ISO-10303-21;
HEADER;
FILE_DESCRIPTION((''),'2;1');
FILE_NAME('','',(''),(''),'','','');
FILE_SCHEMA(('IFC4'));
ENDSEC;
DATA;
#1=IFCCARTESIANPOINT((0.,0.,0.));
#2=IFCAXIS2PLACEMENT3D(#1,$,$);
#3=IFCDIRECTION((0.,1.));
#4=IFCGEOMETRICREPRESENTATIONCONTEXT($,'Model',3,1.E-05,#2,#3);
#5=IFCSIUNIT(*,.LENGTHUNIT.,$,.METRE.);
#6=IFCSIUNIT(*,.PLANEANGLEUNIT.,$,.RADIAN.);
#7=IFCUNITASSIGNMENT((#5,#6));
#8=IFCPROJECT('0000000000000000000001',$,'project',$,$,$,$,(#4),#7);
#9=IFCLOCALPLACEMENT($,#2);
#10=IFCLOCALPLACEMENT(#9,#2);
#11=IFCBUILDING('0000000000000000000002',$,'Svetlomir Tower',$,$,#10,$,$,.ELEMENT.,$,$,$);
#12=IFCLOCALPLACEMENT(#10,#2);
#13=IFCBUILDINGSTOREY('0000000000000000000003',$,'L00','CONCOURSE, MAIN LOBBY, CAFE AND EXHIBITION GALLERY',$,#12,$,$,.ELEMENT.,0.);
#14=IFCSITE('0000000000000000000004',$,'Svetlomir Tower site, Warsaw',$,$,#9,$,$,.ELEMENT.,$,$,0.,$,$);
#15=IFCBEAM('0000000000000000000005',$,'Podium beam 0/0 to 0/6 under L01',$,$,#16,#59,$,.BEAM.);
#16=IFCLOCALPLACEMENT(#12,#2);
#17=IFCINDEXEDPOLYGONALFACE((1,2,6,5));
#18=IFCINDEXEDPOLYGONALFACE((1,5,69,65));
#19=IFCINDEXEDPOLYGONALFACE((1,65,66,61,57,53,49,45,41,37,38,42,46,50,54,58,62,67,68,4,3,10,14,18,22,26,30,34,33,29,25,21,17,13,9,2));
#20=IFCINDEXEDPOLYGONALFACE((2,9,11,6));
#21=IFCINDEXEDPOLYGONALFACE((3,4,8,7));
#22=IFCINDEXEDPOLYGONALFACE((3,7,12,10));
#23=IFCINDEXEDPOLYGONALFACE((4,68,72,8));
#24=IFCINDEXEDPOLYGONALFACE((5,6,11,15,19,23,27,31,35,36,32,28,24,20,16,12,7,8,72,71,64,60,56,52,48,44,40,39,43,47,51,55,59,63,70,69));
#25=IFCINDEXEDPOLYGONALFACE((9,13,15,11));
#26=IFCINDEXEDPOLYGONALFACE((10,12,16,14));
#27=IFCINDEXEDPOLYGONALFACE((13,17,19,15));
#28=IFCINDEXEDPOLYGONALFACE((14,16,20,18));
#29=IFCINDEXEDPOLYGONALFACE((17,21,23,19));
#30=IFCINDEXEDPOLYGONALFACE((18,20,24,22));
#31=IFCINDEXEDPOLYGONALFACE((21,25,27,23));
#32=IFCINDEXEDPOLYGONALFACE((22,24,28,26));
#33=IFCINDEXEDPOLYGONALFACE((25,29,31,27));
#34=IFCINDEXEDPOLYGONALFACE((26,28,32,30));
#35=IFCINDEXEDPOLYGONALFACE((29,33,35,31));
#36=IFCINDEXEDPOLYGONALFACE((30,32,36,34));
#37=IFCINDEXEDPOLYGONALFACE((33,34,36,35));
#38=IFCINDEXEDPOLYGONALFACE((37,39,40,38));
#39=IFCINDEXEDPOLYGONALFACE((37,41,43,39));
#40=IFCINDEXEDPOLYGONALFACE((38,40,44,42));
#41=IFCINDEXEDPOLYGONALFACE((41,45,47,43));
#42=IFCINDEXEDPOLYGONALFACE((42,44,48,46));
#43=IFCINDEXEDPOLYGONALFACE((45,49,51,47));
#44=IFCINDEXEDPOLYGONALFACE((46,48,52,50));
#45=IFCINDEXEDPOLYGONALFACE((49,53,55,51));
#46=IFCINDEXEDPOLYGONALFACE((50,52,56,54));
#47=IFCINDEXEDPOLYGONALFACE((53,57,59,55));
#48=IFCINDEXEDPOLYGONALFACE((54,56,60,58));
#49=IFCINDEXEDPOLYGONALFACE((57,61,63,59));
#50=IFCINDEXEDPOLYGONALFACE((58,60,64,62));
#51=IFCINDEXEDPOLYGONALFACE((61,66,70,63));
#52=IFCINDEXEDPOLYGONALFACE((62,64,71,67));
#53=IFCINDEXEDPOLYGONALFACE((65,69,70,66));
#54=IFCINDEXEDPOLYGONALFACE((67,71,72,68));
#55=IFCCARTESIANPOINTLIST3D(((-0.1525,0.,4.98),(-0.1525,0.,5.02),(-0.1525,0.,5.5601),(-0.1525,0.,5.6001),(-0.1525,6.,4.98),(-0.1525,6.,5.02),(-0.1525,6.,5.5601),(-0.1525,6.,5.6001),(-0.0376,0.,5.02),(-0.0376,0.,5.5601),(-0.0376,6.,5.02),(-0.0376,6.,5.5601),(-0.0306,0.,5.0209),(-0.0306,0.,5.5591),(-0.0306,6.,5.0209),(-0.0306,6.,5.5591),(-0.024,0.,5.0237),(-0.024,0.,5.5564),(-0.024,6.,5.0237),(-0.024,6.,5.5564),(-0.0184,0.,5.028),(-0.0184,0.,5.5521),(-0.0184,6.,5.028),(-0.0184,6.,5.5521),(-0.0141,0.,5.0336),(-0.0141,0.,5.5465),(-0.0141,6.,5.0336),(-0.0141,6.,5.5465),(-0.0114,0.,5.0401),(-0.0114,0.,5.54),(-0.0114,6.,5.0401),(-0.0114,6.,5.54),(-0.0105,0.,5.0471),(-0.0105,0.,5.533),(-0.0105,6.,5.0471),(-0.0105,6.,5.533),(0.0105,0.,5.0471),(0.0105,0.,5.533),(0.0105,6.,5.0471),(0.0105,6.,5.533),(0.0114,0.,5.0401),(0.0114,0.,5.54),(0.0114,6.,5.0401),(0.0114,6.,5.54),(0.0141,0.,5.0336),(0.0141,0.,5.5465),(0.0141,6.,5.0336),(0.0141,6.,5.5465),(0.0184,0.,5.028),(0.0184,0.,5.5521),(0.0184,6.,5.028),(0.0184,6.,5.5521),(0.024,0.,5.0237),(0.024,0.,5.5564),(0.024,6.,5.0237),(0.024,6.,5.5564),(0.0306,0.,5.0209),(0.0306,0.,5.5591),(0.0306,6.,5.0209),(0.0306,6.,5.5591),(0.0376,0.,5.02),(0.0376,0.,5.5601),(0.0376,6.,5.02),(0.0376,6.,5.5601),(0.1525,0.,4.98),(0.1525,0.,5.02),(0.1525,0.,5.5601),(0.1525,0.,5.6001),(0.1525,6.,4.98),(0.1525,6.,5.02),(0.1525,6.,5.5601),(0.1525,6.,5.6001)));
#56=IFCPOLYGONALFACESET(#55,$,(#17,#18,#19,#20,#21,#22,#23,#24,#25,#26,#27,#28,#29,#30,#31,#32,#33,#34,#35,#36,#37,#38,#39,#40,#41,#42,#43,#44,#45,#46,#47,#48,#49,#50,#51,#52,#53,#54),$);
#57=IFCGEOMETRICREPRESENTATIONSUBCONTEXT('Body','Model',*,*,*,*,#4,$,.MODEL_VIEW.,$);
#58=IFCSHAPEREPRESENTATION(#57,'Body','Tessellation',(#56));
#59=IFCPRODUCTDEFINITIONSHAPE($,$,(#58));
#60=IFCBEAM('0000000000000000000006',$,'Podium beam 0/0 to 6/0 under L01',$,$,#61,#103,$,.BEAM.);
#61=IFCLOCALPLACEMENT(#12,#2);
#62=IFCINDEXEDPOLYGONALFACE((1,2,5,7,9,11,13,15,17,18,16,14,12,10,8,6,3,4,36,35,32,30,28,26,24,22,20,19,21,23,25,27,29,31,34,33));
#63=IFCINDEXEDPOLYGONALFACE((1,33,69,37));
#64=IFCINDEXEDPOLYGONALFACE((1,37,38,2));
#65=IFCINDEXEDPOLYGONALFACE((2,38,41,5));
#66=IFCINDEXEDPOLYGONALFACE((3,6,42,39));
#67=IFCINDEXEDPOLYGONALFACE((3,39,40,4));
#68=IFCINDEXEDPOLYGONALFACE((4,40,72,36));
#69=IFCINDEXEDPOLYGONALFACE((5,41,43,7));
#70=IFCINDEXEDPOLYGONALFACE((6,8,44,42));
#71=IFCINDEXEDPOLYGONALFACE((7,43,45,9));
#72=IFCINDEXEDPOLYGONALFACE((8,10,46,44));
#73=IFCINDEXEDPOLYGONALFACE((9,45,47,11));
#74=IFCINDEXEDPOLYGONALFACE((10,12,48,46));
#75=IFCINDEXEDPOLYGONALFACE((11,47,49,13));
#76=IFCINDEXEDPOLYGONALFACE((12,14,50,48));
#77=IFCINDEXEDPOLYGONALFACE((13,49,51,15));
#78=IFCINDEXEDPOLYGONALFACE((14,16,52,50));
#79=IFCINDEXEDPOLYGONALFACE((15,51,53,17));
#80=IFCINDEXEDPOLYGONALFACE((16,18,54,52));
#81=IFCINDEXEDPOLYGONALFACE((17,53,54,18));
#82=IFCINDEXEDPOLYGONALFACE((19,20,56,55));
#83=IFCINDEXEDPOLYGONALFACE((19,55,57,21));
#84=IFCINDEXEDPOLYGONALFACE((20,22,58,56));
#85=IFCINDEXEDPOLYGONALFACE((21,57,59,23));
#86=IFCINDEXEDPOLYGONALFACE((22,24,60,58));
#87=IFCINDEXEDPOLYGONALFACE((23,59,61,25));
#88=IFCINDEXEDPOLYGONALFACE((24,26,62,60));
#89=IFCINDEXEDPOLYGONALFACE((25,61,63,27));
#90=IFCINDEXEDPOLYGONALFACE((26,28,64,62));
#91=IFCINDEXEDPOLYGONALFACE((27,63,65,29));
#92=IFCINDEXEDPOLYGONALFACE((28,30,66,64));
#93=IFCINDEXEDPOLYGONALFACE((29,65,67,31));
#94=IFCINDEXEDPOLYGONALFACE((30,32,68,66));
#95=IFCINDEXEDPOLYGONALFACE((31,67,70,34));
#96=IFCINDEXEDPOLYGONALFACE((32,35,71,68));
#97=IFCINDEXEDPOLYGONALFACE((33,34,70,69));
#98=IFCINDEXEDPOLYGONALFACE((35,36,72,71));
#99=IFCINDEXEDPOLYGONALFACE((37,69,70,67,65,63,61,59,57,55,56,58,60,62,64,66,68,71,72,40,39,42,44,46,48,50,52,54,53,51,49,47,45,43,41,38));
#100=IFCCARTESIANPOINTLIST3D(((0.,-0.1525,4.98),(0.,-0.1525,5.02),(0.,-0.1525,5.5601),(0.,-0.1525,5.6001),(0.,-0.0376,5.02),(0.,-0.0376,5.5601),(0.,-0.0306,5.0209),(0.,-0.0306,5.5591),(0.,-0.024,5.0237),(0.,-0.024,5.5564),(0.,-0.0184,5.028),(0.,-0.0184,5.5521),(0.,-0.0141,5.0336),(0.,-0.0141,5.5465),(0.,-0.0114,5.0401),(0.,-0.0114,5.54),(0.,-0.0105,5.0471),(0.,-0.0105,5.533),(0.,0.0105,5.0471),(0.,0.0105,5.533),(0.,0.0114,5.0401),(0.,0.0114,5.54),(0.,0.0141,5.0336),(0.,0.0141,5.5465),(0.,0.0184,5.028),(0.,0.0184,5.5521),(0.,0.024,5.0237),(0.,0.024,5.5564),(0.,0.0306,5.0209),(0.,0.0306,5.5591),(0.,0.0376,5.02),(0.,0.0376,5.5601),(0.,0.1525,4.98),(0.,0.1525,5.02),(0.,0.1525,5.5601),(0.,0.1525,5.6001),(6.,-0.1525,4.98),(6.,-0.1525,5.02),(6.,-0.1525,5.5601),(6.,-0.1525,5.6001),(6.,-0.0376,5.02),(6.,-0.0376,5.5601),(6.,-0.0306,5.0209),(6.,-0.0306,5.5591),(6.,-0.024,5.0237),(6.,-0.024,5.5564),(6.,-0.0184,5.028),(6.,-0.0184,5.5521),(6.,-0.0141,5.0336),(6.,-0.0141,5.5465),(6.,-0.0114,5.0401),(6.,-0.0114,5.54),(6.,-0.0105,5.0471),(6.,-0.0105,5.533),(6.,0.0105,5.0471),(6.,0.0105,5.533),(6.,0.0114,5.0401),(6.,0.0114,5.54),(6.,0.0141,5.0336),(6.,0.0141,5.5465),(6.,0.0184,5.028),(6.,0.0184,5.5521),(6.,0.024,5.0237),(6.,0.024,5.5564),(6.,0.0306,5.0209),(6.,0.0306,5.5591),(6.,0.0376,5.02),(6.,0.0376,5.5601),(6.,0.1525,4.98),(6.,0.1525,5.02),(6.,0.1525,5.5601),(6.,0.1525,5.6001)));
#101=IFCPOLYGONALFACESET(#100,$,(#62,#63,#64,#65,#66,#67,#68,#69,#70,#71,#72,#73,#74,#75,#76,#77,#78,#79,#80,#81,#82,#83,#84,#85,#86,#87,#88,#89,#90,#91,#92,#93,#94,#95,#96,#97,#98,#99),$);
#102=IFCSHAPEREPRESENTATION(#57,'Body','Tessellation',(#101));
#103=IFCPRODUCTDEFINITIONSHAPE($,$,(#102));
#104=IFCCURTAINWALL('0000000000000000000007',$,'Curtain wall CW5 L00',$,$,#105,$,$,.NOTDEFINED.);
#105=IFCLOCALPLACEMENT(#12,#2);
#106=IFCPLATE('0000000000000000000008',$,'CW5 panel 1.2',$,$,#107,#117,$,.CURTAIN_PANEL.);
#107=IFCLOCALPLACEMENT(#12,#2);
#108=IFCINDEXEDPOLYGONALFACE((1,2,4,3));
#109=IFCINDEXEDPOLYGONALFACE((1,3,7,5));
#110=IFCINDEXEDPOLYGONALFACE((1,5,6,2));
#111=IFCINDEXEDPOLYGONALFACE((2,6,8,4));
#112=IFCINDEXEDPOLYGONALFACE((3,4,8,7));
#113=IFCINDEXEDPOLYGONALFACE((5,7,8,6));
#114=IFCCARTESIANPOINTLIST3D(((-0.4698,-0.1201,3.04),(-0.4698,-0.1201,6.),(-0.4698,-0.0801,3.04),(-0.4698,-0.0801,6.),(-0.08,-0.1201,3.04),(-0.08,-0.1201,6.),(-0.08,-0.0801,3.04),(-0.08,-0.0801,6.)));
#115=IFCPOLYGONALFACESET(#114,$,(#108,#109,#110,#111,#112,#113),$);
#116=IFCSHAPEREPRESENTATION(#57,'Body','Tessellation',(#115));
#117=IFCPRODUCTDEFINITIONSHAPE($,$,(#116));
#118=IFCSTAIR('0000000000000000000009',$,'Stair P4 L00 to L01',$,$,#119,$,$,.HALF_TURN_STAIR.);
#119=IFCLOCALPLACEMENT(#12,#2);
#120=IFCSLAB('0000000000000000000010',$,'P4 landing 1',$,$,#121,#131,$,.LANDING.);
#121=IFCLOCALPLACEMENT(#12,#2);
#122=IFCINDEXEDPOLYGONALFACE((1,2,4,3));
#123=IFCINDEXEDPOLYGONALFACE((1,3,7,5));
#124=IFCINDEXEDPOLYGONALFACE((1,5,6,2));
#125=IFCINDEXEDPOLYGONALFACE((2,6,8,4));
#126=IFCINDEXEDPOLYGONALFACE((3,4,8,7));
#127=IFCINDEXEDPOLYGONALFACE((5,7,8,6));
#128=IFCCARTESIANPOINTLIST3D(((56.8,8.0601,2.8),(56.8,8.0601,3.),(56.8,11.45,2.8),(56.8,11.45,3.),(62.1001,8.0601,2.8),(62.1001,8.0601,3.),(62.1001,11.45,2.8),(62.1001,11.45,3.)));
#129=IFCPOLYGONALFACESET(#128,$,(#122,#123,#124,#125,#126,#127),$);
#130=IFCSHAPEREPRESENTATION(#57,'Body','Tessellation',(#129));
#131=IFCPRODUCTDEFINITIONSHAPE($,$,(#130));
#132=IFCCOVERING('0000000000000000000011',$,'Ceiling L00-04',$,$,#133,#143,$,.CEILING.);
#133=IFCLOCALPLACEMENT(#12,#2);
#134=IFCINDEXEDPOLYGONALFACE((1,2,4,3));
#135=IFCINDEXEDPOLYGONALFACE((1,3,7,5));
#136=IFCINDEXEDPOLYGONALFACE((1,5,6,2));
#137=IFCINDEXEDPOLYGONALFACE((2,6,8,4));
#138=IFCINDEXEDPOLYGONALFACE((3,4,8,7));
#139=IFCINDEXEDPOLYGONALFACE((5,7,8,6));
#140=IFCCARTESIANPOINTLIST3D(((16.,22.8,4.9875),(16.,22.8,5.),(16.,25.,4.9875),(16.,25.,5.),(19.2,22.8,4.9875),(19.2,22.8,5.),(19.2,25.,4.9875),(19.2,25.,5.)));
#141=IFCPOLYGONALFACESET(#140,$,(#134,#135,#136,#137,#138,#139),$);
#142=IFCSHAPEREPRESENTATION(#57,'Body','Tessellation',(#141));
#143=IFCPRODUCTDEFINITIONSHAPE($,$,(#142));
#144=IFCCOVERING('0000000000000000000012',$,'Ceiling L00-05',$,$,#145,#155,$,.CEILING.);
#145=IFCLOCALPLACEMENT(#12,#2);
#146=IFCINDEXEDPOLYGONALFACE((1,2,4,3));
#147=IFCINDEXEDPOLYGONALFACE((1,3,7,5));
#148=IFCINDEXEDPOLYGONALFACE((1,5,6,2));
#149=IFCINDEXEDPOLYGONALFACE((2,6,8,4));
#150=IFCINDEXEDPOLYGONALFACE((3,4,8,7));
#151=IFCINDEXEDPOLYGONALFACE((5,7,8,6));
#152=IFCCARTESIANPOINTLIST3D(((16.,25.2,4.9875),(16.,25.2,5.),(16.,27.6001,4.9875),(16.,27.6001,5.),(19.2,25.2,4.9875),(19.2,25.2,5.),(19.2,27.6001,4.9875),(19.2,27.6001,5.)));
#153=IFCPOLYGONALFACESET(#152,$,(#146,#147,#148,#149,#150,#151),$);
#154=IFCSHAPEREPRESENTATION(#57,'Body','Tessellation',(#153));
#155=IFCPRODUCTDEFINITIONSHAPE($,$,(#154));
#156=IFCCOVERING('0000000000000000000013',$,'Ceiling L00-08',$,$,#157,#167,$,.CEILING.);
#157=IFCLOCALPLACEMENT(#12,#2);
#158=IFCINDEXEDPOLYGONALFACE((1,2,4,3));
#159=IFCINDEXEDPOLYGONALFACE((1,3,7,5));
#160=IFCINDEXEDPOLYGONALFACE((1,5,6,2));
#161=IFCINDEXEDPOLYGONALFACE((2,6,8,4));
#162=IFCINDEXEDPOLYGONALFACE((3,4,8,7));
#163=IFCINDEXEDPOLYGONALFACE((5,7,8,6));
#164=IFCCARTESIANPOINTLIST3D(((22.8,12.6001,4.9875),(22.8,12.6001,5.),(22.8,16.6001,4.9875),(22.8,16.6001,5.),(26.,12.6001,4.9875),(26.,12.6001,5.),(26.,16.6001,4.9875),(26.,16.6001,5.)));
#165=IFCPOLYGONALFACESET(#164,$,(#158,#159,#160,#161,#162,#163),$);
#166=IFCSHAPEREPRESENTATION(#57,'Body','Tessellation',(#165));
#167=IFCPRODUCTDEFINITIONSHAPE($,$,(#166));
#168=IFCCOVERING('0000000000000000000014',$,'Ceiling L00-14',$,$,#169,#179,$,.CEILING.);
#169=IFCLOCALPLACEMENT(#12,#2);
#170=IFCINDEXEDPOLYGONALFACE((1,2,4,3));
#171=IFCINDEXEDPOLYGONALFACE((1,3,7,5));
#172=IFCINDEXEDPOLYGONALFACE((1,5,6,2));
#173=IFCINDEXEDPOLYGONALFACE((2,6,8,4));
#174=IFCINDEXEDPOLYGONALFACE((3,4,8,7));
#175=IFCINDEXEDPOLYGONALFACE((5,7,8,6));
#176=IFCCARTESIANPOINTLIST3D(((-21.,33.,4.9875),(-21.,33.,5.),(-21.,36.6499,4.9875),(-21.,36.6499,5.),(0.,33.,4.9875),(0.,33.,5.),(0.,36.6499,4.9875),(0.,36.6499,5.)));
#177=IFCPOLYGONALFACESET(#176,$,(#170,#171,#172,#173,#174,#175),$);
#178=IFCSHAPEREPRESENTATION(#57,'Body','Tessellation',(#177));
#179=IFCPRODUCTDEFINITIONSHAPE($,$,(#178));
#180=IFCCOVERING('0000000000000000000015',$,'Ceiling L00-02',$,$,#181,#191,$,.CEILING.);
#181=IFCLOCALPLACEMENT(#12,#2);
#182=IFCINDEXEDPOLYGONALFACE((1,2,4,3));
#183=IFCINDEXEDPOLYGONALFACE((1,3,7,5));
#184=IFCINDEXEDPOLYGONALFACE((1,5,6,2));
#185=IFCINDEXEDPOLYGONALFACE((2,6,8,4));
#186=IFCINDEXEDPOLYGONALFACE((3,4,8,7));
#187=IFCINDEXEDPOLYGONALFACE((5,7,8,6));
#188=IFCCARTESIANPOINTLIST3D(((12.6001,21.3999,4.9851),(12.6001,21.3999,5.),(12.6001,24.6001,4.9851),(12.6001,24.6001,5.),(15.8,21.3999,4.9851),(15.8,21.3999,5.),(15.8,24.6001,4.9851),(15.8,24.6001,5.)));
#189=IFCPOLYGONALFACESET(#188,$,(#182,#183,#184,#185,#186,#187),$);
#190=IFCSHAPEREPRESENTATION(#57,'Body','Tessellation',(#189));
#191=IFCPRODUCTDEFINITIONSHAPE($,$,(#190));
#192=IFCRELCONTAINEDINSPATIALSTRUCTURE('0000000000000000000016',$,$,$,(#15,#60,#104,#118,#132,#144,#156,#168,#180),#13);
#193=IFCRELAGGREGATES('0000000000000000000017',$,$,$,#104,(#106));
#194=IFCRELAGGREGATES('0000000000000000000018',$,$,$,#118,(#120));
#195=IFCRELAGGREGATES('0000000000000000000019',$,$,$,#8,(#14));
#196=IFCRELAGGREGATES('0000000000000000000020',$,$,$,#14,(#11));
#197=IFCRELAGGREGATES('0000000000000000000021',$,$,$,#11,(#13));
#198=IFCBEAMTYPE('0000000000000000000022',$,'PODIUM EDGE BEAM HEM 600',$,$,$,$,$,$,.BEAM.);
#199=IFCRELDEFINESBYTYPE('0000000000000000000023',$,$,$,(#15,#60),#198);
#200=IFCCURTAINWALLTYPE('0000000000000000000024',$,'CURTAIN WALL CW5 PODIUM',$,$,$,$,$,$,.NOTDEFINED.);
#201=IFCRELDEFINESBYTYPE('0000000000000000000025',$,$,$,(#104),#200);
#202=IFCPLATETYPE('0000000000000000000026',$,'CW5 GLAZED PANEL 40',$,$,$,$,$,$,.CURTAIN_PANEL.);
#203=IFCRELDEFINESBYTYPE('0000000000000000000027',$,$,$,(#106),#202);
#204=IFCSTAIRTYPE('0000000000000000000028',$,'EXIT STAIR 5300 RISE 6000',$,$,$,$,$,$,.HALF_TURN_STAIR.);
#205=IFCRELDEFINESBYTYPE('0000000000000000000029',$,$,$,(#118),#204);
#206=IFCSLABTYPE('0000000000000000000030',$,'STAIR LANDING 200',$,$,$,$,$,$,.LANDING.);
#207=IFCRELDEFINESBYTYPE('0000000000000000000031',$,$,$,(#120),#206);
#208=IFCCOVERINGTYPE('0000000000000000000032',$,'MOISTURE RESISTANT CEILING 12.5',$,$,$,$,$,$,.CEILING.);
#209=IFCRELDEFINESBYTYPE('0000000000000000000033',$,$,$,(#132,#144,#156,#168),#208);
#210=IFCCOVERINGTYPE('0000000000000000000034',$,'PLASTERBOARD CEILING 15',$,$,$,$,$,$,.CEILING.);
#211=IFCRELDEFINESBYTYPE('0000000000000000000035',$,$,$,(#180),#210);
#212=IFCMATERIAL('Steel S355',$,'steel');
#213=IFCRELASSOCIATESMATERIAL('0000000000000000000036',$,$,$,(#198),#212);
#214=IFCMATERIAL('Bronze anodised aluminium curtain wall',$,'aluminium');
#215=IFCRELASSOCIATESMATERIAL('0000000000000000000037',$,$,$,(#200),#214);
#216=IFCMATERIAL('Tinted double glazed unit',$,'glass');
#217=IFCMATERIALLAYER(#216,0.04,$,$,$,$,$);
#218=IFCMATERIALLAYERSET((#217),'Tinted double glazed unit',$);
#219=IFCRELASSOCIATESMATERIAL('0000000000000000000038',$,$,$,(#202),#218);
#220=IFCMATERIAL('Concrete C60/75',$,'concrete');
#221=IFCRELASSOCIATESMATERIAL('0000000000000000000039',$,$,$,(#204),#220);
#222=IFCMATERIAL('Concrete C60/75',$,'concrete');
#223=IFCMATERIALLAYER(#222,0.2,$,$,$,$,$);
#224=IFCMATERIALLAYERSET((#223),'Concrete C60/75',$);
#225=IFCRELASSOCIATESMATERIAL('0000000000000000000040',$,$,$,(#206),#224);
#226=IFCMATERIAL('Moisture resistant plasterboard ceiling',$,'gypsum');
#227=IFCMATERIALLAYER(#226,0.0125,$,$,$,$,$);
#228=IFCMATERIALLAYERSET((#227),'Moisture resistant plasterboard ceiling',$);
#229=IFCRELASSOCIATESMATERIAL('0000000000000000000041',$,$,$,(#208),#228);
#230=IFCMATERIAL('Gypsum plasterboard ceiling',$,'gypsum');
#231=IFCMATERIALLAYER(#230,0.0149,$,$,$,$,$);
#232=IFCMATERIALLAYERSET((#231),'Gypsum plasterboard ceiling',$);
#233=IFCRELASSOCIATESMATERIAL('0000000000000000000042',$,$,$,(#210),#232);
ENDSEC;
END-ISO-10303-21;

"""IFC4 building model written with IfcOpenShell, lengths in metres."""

from ifc_helpers import new_model, si_unit, direction, frame, origin, origin_2d, place, context, subcontext, project, spatial, polyline, rectangle, i_section, outline, extrude, material, layer, layer_set, material_profile, profile_set, type_object, element, aggregate, save


model = new_model("IFC4")

# Units and contexts
model_context = context("Model", 3, precision=1e-05, world=origin(), true_north=direction((0.0, 1.0)))
body_context = subcontext(model_context, "Body", "Model", "MODEL_VIEW")
ifc_project = project(units=[si_unit("LENGTHUNIT", "METRE"), si_unit("PLANEANGLEUNIT", "RADIAN")], contexts=[model_context])

# Site, building, storey
site_placement = place(None, origin())
site = spatial("IfcSite", under=ifc_project, at=site_placement, Name="Svetlomir Tower site, Warsaw", CompositionType="ELEMENT", RefElevation=0.0)
building_placement = place(site_placement, origin())
building = spatial("IfcBuilding", under=site, at=building_placement, Name="Svetlomir Tower", CompositionType="ELEMENT")
storey_placement = place(building_placement, origin())
storey = spatial("IfcBuildingStorey", under=building, at=storey_placement, Name="L00", Description="CONCOURSE, MAIN LOBBY, CAFE AND EXHIBITION GALLERY", CompositionType="ELEMENT", Elevation=0.0)

# Beams
ifc_material_1 = material(Name="Steel S355", Category="steel")
ifc_material_profile = material_profile(ifc_material_1, i_section(OverallWidth=0.3049, OverallDepth=0.6201, WebThickness=0.021, FlangeThickness=0.04, FilletRadius=0.0271, at=origin_2d()), Name="HEM 600")
ifc_profile_set = profile_set([ifc_material_profile], Name="Steel S355")
beam_type = type_object("IfcBeamType", Name="PODIUM EDGE BEAM HEM 600", PredefinedType="BEAM", material=ifc_profile_set)
for number, where, z_axis, x_axis, name in (
    (1, (0.0, 0.0, 5.29), (0.0, 1.0, 0.0), (-1.0, 0.0, 0.0), "Podium beam 0/0 to 0/6 under L01"),
    (2, (0.0, 0.0, 5.29), (1.0, 0.0, 0.0), (0.0, 1.0, 0.0), "Podium beam 0/0 to 6/0 under L01"),
):
    element("IfcBeam", number, at=place(storey_placement, frame(where, z_axis=z_axis, x_axis=x_axis)), inside=storey, type_object=beam_type, Name=name, PredefinedType="BEAM", context=body_context, shape_type="SweptSolid", body=[
        extrude(i_section(OverallWidth=0.3049, OverallDepth=0.6201, WebThickness=0.021, FlangeThickness=0.04, FilletRadius=0.0271, at=origin_2d()), origin(), (0.0, 0.0, 1.0), 6.0),
    ])

# Curtain wall, plate
ifc_material_2 = material(Name="Bronze anodised aluminium curtain wall", Category="aluminium")
curtain_wall_type = type_object("IfcCurtainWallType", Name="CURTAIN WALL CW5 PODIUM", PredefinedType="NOTDEFINED", material=ifc_material_2)
curtain_wall_placement = place(storey_placement, origin())
curtain_wall = element("IfcCurtainWall", 3, at=curtain_wall_placement, inside=storey, type_object=curtain_wall_type, Name="Curtain wall CW5 L00", PredefinedType="NOTDEFINED")
ifc_material_3 = material(Name="Tinted double glazed unit", Category="glass")
ifc_layer_1 = layer(ifc_material_3, 0.04)
ifc_layer_set_1 = layer_set([ifc_layer_1], Name="Tinted double glazed unit")
plate_type = type_object("IfcPlateType", Name="CW5 GLAZED PANEL 40", PredefinedType="CURTAIN_PANEL", material=ifc_layer_set_1)
plate_placement = place(storey_placement, frame((-0.2749, -0.1001, 3.04), z_axis=(0.0, 0.0, 1.0), x_axis=(1.0, 0.0, 0.0)))
plate = element("IfcPlate", 4, at=plate_placement, type_object=plate_type, Name="CW5 panel 1.2", PredefinedType="CURTAIN_PANEL", context=body_context, shape_type="SweptSolid", body=[
    extrude(rectangle(XDim=0.3899, YDim=0.04, at=origin_2d()), origin(), (0.0, 0.0, 1.0), 2.96),
])
aggregate(curtain_wall, [plate])

# Stair, slab
ifc_material_4 = material(Name="Concrete C60/75", Category="concrete")
stair_type = type_object("IfcStairType", Name="EXIT STAIR 5300 RISE 6000", PredefinedType="HALF_TURN_STAIR", material=ifc_material_4)
stair_placement = place(storey_placement, origin())
stair = element("IfcStair", 5, at=stair_placement, inside=storey, type_object=stair_type, Name="Stair P4 L00 to L01", PredefinedType="HALF_TURN_STAIR")
ifc_material_5 = material(Name="Concrete C60/75", Category="concrete")
ifc_layer_2 = layer(ifc_material_5, 0.2)
ifc_layer_set_2 = layer_set([ifc_layer_2], Name="Concrete C60/75")
slab_type = type_object("IfcSlabType", Name="STAIR LANDING 200", PredefinedType="LANDING", material=ifc_layer_set_2)
slab_placement = place(storey_placement, frame((0.0, 0.0, 2.8)))
slab = element("IfcSlab", 6, at=slab_placement, type_object=slab_type, Name="P4 landing 1", PredefinedType="LANDING", context=body_context, shape_type="SweptSolid", body=[
    extrude(outline(polyline([(56.8, 8.0601), (62.1001, 8.0601), (62.1001, 11.45), (56.8, 11.45), (56.8, 8.0601)])), origin(), (0.0, 0.0, 1.0), 0.2),
])
aggregate(stair, [slab])

# Coverings
ifc_material_6 = material(Name="Moisture resistant plasterboard ceiling", Category="gypsum")
ifc_layer_3 = layer(ifc_material_6, 0.0125)
ifc_layer_set_3 = layer_set([ifc_layer_3], Name="Moisture resistant plasterboard ceiling")
covering_type_1 = type_object("IfcCoveringType", Name="MOISTURE RESISTANT CEILING 12.5", PredefinedType="CEILING", material=ifc_layer_set_3)
covering_1_placement = place(storey_placement, frame((0.0, 0.0, 4.9875)))
element("IfcCovering", 7, at=covering_1_placement, inside=storey, type_object=covering_type_1, Name="Ceiling L00-04", PredefinedType="CEILING", context=body_context, shape_type="SweptSolid", body=[
    extrude(outline(polyline([(16.0, 22.8), (19.2, 22.8), (19.2, 25.0), (16.0, 25.0), (16.0, 22.8)])), origin(), (0.0, 0.0, 1.0), 0.0125),
])
covering_2_placement = place(storey_placement, frame((0.0, 0.0, 4.9875)))
element("IfcCovering", 8, at=covering_2_placement, inside=storey, type_object=covering_type_1, Name="Ceiling L00-05", PredefinedType="CEILING", context=body_context, shape_type="SweptSolid", body=[
    extrude(outline(polyline([(16.0, 25.2), (19.2, 25.2), (19.2, 27.6001), (16.0, 27.6001), (16.0, 25.2)])), origin(), (0.0, 0.0, 1.0), 0.0125),
])
covering_3_placement = place(storey_placement, frame((0.0, 0.0, 4.9875)))
element("IfcCovering", 9, at=covering_3_placement, inside=storey, type_object=covering_type_1, Name="Ceiling L00-08", PredefinedType="CEILING", context=body_context, shape_type="SweptSolid", body=[
    extrude(outline(polyline([(22.8, 12.6001), (26.0, 12.6001), (26.0, 16.6001), (22.8, 16.6001), (22.8, 12.6001)])), origin(), (0.0, 0.0, 1.0), 0.0125),
])
covering_4_placement = place(storey_placement, frame((0.0, 0.0, 4.9875)))
element("IfcCovering", 10, at=covering_4_placement, inside=storey, type_object=covering_type_1, Name="Ceiling L00-14", PredefinedType="CEILING", context=body_context, shape_type="SweptSolid", body=[
    extrude(outline(polyline([(-21.0, 33.0), (0.0, 33.0), (0.0, 36.6499), (-21.0, 36.6499), (-21.0, 33.0)])), origin(), (0.0, 0.0, 1.0), 0.0125),
])
ifc_material_7 = material(Name="Gypsum plasterboard ceiling", Category="gypsum")
ifc_layer_4 = layer(ifc_material_7, 0.0149)
ifc_layer_set_4 = layer_set([ifc_layer_4], Name="Gypsum plasterboard ceiling")
covering_type_2 = type_object("IfcCoveringType", Name="PLASTERBOARD CEILING 15", PredefinedType="CEILING", material=ifc_layer_set_4)
covering_5_placement = place(storey_placement, frame((0.0, 0.0, 4.9851)))
element("IfcCovering", 11, at=covering_5_placement, inside=storey, type_object=covering_type_2, Name="Ceiling L00-02", PredefinedType="CEILING", context=body_context, shape_type="SweptSolid", body=[
    extrude(outline(polyline([(12.6001, 21.3999), (15.8, 21.3999), (15.8, 24.6001), (12.6001, 24.6001), (12.6001, 21.3999)])), origin(), (0.0, 0.0, 1.0), 0.0149),
])

save(model, "model.ifc")
